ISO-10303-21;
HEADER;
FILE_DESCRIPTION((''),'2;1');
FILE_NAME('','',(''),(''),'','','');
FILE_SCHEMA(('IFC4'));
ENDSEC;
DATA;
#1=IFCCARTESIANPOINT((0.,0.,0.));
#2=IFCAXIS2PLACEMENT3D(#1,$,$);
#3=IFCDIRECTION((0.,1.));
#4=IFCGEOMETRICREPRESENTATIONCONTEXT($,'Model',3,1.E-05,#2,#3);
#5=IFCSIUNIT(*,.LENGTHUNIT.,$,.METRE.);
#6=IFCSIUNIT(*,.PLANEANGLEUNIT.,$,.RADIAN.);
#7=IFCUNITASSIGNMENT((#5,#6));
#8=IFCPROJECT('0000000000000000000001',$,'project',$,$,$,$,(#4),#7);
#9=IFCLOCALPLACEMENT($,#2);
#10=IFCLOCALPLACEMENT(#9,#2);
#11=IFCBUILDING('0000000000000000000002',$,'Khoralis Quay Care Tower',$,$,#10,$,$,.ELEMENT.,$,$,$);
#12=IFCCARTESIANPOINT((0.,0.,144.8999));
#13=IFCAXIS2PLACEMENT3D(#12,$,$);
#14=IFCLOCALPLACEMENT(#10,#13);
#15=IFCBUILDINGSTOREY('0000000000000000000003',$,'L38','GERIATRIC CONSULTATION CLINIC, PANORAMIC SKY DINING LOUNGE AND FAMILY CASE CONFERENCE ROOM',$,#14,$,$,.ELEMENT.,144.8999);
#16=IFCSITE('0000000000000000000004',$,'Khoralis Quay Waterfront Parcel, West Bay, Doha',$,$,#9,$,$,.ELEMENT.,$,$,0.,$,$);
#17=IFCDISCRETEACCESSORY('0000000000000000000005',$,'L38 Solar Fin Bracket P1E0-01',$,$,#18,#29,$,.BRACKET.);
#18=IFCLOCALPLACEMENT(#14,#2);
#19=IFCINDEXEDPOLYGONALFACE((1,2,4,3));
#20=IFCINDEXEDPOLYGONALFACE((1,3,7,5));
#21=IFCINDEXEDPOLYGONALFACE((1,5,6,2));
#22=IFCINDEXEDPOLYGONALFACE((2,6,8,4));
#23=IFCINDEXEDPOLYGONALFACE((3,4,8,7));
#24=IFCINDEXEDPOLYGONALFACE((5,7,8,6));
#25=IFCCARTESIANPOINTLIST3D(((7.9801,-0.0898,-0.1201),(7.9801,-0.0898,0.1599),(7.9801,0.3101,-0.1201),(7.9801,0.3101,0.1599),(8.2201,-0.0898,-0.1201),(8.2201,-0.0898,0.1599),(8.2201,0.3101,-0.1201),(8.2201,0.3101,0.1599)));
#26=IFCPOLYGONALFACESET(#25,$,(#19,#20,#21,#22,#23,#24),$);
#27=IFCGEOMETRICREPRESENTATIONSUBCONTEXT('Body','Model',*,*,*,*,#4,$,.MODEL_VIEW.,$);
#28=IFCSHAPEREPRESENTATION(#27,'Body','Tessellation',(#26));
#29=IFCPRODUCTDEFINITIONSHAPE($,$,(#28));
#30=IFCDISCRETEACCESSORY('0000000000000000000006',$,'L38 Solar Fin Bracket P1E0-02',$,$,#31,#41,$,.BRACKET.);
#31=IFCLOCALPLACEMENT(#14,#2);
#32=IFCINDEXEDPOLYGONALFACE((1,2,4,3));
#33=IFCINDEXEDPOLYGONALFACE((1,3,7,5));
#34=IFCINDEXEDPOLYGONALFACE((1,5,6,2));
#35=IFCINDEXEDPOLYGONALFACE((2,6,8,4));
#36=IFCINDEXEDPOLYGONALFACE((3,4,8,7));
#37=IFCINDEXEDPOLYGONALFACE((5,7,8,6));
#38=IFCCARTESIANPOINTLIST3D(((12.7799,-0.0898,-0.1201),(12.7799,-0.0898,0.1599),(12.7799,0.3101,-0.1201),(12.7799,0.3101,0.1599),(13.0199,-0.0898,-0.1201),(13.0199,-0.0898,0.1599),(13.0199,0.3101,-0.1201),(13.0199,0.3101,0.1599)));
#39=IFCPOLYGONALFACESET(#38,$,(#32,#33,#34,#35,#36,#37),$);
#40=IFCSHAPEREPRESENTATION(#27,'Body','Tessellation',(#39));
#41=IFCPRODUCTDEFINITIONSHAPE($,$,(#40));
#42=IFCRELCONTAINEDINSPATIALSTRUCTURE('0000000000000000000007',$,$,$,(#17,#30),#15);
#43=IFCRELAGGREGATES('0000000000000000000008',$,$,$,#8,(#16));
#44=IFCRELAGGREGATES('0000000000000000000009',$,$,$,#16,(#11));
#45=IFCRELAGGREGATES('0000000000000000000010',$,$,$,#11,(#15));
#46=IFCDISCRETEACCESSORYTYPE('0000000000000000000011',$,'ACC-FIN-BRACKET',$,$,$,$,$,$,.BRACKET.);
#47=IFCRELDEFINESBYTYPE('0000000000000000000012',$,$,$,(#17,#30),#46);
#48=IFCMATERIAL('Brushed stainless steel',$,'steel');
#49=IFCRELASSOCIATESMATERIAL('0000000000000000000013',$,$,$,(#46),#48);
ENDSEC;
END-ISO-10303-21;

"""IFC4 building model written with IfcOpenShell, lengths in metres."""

from ifc_helpers import new_model, si_unit, direction, frame, origin, origin_2d, place, context, subcontext, project, spatial, rectangle, extrude, source, transform, mapped, material, type_object, element, save


model = new_model("IFC4")

# Units and contexts
model_context = context("Model", 3, precision=1e-05, world=origin(), true_north=direction((0.0, 1.0)))
body_context = subcontext(model_context, "Body", "Model", "MODEL_VIEW")
ifc_project = project(units=[si_unit("LENGTHUNIT", "METRE"), si_unit("PLANEANGLEUNIT", "RADIAN")], contexts=[model_context])

# Site, building, storey
site_placement = place(None, origin())
site = spatial("IfcSite", under=ifc_project, at=site_placement, Name="Khoralis Quay Waterfront Parcel, West Bay, Doha", CompositionType="ELEMENT", RefElevation=0.0)
building_placement = place(site_placement, origin())
building = spatial("IfcBuilding", under=site, at=building_placement, Name="Khoralis Quay Care Tower", CompositionType="ELEMENT")
storey_placement = place(building_placement, frame((0.0, 0.0, 144.8999)))
storey = spatial("IfcBuildingStorey", under=building, at=storey_placement, Name="L38", Description="GERIATRIC CONSULTATION CLINIC, PANORAMIC SKY DINING LOUNGE AND FAMILY CASE CONFERENCE ROOM", CompositionType="ELEMENT", Elevation=144.8999)

# Discrete accessories
ifc_material_1 = material(Name="Brushed stainless steel", Category="steel")
discrete_accessory_type = type_object("IfcDiscreteAccessoryType", Name="ACC-FIN-BRACKET", PredefinedType="BRACKET", material=ifc_material_1)
shared_shape_1 = source(origin(), body_context, "Body", "SweptSolid", [
    extrude(rectangle(XDim=0.3999, YDim=0.24, at=origin_2d()), origin(), (0.0, 0.0, 1.0), 0.28),
])
for number, where, z_axis, x_axis, name in (
    (1, (8.1001, 0.1101, -0.1201), (0.0, 0.0, 1.0), (0.0, -1.0, 0.0), "L38 Solar Fin Bracket P1E0-01"),
    (2, (12.8999, 0.1101, -0.1201), (0.0, 0.0, 1.0), (0.0, -1.0, 0.0), "L38 Solar Fin Bracket P1E0-02"),
):
    element("IfcDiscreteAccessory", number, at=place(storey_placement, frame(where, z_axis=z_axis, x_axis=x_axis)), inside=storey, type_object=discrete_accessory_type, Name=name, PredefinedType="BRACKET", context=body_context, shape_type="MappedRepresentation", body=[
        mapped(shared_shape_1, transform((0.0, 0.0, 0.0), scale=1.0)),
    ])

save(model, "model.ifc")
